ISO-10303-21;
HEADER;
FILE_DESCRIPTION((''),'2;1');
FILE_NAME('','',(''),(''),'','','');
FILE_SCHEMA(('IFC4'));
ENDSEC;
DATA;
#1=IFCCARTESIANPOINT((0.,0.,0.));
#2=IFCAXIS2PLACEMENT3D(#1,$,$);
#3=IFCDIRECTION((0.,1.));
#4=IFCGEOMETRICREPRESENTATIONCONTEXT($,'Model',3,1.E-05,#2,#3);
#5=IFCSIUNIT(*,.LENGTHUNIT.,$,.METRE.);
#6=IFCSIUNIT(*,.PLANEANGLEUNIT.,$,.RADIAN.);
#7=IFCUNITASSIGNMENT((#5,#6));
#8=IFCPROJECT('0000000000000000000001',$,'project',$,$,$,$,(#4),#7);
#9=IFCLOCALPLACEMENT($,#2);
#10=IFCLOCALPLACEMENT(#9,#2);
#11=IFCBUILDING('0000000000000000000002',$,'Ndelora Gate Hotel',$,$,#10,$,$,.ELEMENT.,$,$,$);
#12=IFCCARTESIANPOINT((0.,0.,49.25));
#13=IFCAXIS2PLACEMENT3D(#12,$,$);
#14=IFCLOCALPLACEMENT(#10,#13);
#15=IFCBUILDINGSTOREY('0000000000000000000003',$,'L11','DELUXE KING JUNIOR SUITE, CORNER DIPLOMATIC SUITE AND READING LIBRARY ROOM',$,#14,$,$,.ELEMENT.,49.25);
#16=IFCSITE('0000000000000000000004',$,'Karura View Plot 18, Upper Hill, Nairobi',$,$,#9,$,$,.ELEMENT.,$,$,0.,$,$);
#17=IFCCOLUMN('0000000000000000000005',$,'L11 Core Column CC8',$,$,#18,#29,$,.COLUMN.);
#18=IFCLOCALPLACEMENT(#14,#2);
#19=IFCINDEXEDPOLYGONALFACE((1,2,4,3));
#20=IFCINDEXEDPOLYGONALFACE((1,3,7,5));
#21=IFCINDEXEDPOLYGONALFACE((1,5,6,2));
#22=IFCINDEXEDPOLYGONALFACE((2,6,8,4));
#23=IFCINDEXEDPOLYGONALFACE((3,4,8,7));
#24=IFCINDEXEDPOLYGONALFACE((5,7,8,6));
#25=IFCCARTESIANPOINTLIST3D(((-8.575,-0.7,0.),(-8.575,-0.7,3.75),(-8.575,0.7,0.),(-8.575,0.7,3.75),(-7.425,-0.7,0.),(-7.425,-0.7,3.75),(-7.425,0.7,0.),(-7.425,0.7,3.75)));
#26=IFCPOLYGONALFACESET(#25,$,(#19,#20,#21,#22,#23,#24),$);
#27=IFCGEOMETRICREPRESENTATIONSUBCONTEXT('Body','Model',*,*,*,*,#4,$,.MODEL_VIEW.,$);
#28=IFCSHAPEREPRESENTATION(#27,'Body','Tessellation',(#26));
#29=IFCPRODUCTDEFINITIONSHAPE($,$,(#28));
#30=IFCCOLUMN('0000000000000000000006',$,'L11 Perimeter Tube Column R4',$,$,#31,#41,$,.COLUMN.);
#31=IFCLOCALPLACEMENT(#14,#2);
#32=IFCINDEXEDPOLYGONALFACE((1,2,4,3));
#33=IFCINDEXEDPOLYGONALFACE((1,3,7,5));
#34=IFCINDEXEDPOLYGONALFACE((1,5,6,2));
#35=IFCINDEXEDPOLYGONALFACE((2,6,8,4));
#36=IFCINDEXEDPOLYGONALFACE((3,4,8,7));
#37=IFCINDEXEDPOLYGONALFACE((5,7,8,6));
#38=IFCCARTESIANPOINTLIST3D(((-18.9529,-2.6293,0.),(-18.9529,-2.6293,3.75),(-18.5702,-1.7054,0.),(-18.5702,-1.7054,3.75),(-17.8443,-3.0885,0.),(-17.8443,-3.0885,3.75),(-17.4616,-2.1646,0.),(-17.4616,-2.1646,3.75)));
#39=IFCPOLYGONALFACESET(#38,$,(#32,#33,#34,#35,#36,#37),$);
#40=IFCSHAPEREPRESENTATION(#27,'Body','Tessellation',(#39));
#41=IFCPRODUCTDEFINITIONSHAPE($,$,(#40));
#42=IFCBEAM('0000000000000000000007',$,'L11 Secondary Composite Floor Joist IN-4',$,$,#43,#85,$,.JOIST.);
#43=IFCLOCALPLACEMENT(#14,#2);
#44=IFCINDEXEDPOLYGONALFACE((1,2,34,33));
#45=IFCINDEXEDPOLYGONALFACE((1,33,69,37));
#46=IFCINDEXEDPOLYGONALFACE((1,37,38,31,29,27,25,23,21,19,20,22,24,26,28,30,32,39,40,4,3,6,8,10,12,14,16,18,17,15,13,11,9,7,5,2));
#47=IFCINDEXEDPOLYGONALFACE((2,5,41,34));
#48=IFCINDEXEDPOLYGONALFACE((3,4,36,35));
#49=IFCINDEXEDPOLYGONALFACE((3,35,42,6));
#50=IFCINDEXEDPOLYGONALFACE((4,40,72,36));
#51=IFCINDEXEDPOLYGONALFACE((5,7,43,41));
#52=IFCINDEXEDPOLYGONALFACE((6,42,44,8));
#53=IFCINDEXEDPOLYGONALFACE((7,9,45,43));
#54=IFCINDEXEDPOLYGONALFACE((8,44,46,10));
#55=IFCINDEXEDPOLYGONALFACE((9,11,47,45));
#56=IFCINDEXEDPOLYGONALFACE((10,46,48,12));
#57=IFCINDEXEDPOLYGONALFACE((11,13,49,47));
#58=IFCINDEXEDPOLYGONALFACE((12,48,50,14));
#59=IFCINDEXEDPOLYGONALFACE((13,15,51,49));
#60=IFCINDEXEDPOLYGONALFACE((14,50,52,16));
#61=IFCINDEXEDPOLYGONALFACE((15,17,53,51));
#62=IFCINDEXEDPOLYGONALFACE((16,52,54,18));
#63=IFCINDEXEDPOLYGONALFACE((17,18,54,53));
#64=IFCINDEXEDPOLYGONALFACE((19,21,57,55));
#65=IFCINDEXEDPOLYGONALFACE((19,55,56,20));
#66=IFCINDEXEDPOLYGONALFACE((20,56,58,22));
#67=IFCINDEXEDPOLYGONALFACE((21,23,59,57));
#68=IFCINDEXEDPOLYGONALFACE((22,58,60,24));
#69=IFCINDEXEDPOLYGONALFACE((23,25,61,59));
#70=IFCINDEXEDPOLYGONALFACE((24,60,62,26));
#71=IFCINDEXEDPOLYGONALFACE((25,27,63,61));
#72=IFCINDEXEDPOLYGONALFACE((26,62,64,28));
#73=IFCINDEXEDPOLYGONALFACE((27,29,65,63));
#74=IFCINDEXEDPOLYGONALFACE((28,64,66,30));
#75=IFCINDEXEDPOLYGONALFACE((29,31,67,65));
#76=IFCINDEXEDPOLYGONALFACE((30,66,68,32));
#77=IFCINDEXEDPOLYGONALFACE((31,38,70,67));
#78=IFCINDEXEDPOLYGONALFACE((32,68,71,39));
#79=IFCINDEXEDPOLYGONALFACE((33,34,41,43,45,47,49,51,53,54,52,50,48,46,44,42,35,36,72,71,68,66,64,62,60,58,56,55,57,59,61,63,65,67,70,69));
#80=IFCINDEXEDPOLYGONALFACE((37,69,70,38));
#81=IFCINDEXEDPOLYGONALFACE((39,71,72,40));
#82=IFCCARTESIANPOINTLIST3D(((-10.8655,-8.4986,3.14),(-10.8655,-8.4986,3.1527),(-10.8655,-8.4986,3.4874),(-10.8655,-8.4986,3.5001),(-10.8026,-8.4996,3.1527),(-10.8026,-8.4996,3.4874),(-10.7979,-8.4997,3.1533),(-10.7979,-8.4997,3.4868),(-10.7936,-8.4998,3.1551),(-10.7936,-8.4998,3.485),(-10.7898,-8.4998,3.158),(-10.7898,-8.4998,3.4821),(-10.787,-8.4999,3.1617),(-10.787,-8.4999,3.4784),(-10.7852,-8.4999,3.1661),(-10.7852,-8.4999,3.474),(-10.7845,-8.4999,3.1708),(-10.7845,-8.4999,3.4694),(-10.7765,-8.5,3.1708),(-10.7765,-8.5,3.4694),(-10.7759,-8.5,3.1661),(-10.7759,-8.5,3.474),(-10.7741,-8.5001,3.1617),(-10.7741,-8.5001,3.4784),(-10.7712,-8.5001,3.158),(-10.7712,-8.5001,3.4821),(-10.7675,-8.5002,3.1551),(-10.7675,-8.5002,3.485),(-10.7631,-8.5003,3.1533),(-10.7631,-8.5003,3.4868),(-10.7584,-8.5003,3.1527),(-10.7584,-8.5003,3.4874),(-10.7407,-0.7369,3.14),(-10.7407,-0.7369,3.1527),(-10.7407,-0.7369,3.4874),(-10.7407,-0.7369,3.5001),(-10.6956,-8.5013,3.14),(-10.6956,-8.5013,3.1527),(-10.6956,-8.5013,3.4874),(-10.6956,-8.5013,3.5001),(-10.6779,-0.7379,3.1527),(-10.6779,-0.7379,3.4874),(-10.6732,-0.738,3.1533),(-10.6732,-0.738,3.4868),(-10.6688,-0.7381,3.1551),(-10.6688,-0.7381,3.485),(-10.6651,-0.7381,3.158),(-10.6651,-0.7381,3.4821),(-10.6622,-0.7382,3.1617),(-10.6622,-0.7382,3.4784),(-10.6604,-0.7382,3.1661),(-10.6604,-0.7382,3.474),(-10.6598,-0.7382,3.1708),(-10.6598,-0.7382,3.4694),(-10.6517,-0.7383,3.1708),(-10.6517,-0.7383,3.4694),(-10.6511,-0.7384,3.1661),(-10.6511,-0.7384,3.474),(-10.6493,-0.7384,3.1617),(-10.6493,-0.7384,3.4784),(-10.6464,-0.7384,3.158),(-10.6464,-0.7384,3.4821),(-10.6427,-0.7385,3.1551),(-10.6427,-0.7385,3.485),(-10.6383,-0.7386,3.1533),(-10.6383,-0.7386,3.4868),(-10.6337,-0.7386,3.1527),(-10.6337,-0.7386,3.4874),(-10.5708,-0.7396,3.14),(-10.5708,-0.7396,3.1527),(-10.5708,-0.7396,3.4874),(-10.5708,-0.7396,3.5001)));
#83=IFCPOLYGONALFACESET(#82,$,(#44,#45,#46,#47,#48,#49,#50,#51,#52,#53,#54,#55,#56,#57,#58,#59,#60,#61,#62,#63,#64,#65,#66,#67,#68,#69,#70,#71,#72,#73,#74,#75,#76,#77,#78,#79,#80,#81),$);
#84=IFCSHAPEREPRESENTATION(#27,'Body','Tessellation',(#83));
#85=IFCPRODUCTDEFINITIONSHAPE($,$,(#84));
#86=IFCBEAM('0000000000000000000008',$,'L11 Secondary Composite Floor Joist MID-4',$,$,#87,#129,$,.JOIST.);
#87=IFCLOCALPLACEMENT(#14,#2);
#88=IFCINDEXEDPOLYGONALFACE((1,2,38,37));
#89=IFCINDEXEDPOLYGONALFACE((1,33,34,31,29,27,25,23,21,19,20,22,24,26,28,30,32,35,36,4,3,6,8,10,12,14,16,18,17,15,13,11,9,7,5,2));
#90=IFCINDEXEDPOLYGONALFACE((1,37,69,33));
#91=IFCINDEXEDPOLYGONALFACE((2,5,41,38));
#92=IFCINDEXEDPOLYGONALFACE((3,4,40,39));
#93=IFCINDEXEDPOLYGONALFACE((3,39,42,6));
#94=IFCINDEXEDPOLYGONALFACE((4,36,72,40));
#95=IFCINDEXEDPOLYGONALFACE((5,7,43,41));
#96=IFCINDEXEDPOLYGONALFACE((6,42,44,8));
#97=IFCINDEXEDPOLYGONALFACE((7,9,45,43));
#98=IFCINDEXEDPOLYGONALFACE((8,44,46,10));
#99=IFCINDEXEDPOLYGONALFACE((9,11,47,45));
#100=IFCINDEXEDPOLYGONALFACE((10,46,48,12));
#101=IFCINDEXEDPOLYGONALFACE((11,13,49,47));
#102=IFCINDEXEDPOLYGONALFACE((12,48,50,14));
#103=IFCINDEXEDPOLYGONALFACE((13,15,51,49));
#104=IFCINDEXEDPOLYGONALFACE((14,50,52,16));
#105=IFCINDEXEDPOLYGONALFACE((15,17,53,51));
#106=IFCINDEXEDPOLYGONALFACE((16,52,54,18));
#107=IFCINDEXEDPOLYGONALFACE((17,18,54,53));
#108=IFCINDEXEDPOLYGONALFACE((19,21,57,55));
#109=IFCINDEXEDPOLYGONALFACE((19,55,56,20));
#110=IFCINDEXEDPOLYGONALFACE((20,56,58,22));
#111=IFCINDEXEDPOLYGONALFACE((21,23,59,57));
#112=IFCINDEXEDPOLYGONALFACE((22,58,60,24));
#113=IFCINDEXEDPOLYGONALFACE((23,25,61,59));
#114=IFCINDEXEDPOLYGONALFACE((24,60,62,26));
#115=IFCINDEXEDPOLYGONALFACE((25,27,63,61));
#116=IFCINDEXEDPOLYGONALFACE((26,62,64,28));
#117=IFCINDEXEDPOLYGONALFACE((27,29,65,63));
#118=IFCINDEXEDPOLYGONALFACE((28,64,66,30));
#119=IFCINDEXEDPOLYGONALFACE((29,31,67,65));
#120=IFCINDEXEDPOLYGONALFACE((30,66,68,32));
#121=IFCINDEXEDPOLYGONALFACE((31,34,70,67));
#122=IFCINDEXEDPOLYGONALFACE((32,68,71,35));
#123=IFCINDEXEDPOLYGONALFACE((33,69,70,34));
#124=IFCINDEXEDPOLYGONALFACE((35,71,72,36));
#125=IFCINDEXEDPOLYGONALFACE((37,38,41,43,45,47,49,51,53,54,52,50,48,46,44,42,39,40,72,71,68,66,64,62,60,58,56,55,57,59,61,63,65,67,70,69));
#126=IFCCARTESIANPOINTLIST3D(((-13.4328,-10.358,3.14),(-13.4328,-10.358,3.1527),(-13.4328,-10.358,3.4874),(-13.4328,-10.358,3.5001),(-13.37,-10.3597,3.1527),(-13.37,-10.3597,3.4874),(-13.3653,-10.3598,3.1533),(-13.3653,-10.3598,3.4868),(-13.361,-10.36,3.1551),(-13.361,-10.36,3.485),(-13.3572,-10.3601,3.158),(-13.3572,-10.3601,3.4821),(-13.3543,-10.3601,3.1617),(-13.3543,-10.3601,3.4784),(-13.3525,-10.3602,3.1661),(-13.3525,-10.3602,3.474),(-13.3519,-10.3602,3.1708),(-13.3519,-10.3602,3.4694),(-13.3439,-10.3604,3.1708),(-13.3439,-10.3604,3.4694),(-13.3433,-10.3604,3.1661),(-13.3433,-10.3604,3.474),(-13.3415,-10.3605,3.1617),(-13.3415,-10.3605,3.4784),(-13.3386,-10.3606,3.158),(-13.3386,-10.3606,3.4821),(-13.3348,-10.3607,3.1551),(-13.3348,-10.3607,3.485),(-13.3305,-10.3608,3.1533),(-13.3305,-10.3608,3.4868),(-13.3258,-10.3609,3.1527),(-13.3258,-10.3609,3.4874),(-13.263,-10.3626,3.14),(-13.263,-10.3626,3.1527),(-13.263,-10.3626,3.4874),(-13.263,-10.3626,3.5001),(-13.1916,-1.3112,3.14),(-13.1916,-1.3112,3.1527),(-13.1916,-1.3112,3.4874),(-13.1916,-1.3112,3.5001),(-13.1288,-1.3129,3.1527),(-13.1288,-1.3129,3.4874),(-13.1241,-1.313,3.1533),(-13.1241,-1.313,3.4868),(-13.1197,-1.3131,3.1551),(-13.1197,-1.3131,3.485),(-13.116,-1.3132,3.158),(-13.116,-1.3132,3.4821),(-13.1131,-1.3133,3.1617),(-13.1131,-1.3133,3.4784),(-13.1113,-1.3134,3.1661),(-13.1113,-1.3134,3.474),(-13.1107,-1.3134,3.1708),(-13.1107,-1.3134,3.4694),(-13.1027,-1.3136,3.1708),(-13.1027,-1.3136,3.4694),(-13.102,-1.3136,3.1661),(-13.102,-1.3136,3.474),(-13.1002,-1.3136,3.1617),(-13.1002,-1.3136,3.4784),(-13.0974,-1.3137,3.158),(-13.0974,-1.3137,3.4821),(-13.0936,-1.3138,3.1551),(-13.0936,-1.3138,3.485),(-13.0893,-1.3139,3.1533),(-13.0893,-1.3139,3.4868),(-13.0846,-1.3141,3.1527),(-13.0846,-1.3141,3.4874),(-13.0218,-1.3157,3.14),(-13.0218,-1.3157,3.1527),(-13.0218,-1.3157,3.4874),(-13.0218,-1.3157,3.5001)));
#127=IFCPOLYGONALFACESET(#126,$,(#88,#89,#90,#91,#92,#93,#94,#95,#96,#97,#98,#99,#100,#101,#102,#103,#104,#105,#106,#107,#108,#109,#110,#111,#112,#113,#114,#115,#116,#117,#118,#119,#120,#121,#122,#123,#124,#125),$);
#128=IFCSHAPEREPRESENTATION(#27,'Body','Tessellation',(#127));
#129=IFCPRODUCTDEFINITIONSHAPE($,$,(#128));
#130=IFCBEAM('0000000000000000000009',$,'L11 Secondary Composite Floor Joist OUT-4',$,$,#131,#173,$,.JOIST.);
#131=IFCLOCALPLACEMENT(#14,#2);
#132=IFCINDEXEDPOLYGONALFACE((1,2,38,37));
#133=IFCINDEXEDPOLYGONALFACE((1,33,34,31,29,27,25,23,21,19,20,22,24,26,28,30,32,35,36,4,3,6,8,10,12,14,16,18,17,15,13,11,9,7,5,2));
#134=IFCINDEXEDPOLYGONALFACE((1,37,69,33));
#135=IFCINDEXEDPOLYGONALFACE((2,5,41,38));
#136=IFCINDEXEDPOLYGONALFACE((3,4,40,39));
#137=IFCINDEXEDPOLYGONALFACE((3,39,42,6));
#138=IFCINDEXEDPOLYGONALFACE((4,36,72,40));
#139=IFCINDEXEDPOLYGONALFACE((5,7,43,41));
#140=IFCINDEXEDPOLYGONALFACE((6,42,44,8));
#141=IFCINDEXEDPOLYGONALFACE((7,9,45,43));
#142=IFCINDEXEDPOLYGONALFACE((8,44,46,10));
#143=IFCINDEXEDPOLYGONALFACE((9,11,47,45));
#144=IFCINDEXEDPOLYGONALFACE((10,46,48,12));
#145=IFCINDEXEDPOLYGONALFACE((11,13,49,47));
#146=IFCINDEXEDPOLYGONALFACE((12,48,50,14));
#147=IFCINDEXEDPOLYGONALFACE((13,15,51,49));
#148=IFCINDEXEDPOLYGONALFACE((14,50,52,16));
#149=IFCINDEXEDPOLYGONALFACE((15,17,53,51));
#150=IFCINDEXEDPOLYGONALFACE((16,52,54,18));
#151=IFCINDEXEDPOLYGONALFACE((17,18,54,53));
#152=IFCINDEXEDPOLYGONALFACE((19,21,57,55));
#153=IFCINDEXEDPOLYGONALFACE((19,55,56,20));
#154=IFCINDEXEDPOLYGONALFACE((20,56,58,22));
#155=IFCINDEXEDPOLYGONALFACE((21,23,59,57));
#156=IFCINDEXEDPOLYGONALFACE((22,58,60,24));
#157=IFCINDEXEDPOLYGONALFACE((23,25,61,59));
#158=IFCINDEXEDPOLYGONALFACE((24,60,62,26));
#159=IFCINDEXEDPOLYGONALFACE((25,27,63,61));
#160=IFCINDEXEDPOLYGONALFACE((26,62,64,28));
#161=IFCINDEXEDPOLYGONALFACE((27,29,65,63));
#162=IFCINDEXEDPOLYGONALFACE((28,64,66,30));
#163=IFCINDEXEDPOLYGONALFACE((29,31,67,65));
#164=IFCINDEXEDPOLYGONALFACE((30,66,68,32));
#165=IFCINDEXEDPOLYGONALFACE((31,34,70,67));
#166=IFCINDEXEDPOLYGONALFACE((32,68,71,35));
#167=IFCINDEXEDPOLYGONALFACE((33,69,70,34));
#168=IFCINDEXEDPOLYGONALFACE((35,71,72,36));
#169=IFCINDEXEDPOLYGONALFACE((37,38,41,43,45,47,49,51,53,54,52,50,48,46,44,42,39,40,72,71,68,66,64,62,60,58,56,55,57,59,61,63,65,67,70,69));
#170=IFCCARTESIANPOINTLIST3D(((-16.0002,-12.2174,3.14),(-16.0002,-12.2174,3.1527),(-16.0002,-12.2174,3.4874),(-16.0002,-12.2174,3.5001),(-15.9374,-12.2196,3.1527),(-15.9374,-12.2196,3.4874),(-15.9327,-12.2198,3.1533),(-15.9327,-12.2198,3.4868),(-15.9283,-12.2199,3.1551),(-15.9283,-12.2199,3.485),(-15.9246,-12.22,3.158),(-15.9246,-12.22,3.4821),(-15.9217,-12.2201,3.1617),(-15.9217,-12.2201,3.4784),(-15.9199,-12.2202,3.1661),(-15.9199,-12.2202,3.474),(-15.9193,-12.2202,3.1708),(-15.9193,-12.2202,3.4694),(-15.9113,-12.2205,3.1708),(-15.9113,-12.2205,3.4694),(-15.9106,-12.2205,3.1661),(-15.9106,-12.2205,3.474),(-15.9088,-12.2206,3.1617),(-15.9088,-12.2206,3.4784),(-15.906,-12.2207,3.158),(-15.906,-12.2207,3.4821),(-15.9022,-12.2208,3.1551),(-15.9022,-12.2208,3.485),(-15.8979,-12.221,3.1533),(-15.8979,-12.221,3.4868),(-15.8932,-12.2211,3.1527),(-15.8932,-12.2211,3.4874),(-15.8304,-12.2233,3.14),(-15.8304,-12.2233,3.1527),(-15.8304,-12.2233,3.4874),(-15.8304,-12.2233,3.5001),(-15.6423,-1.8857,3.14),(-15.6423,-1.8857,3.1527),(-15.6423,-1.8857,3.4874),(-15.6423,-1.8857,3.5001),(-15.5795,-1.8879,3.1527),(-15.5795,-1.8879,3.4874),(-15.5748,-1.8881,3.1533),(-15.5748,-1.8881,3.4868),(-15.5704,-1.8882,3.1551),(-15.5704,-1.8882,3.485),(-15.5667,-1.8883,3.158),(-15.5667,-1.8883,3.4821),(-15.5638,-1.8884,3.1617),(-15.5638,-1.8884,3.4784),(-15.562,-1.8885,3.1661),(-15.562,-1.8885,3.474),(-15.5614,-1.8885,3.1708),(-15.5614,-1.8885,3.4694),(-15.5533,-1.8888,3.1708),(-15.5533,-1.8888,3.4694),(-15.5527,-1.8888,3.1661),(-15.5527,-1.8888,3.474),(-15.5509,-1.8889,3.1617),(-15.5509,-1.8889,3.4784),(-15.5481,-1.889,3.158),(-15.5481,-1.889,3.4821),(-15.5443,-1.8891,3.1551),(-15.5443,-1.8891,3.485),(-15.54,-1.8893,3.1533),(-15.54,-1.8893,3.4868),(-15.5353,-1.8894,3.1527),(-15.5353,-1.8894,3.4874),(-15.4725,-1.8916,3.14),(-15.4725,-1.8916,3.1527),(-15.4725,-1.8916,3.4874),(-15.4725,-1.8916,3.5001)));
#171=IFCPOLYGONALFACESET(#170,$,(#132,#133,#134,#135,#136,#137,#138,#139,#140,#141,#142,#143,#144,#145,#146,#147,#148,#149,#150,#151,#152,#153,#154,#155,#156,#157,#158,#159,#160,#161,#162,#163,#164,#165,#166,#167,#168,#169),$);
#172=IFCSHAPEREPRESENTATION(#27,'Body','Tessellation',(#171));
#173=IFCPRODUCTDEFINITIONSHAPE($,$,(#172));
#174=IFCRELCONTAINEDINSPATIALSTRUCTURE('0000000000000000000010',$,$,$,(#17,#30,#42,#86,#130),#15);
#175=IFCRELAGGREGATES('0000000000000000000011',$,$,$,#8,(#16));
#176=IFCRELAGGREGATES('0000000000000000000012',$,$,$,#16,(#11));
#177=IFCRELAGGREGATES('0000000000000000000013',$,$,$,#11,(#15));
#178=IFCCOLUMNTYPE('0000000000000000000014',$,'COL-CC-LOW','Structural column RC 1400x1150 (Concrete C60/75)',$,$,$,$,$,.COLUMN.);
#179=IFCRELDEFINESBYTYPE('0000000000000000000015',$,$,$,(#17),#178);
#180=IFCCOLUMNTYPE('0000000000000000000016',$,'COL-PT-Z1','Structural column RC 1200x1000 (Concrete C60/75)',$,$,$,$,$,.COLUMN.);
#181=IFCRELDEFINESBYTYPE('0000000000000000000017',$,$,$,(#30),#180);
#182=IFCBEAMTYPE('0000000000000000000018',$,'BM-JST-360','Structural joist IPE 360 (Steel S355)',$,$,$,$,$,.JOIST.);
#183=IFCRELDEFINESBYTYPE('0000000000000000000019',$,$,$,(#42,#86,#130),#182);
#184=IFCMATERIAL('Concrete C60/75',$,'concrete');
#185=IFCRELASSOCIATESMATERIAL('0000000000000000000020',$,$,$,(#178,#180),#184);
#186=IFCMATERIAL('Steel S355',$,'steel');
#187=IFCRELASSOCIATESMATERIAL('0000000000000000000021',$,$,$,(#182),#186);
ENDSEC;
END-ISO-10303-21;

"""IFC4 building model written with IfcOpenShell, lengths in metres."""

from ifc_helpers import new_model, si_unit, direction, frame, origin, origin_2d, place, context, subcontext, project, spatial, rectangle, i_section, extrude, material, material_profile, profile_set, type_object, element, save


model = new_model("IFC4")

# Units and contexts
model_context = context("Model", 3, precision=1e-05, world=origin(), true_north=direction((0.0, 1.0)))
body_context = subcontext(model_context, "Body", "Model", "MODEL_VIEW")
ifc_project = project(units=[si_unit("LENGTHUNIT", "METRE"), si_unit("PLANEANGLEUNIT", "RADIAN")], contexts=[model_context])

# Site, building, storey
site_placement = place(None, origin())
site = spatial("IfcSite", under=ifc_project, at=site_placement, Name="Karura View Plot 18, Upper Hill, Nairobi", CompositionType="ELEMENT", RefElevation=0.0)
building_placement = place(site_placement, origin())
building = spatial("IfcBuilding", under=site, at=building_placement, Name="Ndelora Gate Hotel", CompositionType="ELEMENT")
storey_placement = place(building_placement, frame((0.0, 0.0, 49.25)))
storey = spatial("IfcBuildingStorey", under=building, at=storey_placement, Name="L11", Description="DELUXE KING JUNIOR SUITE, CORNER DIPLOMATIC SUITE AND READING LIBRARY ROOM", CompositionType="ELEMENT", Elevation=49.25)

# Columns
ifc_material_1 = material(Name="Concrete C60/75", Category="concrete")
ifc_material_profile_1 = material_profile(ifc_material_1, rectangle(XDim=1.1499, YDim=1.3999, at=origin_2d()), Name="RC 1400x1150")
ifc_profile_set_1 = profile_set([ifc_material_profile_1], Name="Concrete C60/75")
column_type_1 = type_object("IfcColumnType", Name="COL-CC-LOW", Description="Structural column RC 1400x1150 (Concrete C60/75)", PredefinedType="COLUMN", material=ifc_profile_set_1)
column_1_placement = place(storey_placement, frame((-8.0, 0.0, 0.0), z_axis=(0.0, 0.0, 1.0), x_axis=(1.0, 0.0, 0.0)))
element("IfcColumn", 1, at=column_1_placement, inside=storey, type_object=column_type_1, Name="L11 Core Column CC8", PredefinedType="COLUMN", context=body_context, shape_type="SweptSolid", body=[
    extrude(rectangle(XDim=1.1499, YDim=1.3999, at=origin_2d()), origin(), (0.0, 0.0, 1.0), 3.75),
])
ifc_material_profile_2 = material_profile(ifc_material_1, rectangle(XDim=1.0, YDim=1.2, at=origin_2d()), Name="RC 1200x1000")
ifc_profile_set_2 = profile_set([ifc_material_profile_2], Name="Concrete C60/75")
column_type_2 = type_object("IfcColumnType", Name="COL-PT-Z1", Description="Structural column RC 1200x1000 (Concrete C60/75)", PredefinedType="COLUMN", material=ifc_profile_set_2)
column_2_placement = place(storey_placement, frame((-18.2073, -2.397, 0.0), z_axis=(0.0, 0.0, 1.0), x_axis=(0.382683, 0.92388, 0.0)))
element("IfcColumn", 2, at=column_2_placement, inside=storey, type_object=column_type_2, Name="L11 Perimeter Tube Column R4", PredefinedType="COLUMN", context=body_context, shape_type="SweptSolid", body=[
    extrude(rectangle(XDim=1.0, YDim=1.2, at=origin_2d()), origin(), (0.0, 0.0, 1.0), 3.75),
])

# Beams
ifc_material_2 = material(Name="Steel S355", Category="steel")
ifc_material_profile_3 = material_profile(ifc_material_2, i_section(OverallWidth=0.1699, OverallDepth=0.3601, WebThickness=0.0081, FlangeThickness=0.0127, FilletRadius=0.0181, at=origin_2d()), Name="IPE 360")
ifc_profile_set_3 = profile_set([ifc_material_profile_3], Name="Steel S355")
beam_type_1 = type_object("IfcBeamType", Name="BM-JST-360", Description="Structural joist IPE 360 (Steel S355)", PredefinedType="JOIST", material=ifc_profile_set_3)
beam_1_placement = place(storey_placement, frame((-10.6558, -0.7383, 3.3201), z_axis=(-0.016071, -0.999871, 0.0), x_axis=(0.999871, -0.016071, 0.0)))
element("IfcBeam", 3, at=beam_1_placement, inside=storey, type_object=beam_type_1, Name="L11 Secondary Composite Floor Joist IN-4", PredefinedType="JOIST", context=body_context, shape_type="SweptSolid", body=[
    extrude(i_section(OverallWidth=0.1699, OverallDepth=0.3601, WebThickness=0.0081, FlangeThickness=0.0127, FilletRadius=0.0181, at=origin_2d()), origin(), (0.0, 0.0, 1.0), 7.7627),
])
beam_2_placement = place(storey_placement, frame((-13.1067, -1.3135, 3.3201), z_axis=(-0.026653, -0.999645, 0.0), x_axis=(0.999645, -0.026653, 0.0)))
element("IfcBeam", 4, at=beam_2_placement, inside=storey, type_object=beam_type_1, Name="L11 Secondary Composite Floor Joist MID-4", PredefinedType="JOIST", context=body_context, shape_type="SweptSolid", body=[
    extrude(i_section(OverallWidth=0.1699, OverallDepth=0.3601, WebThickness=0.0081, FlangeThickness=0.0127, FilletRadius=0.0181, at=origin_2d()), origin(), (0.0, 0.0, 1.0), 9.05),
])
beam_3_placement = place(storey_placement, frame((-15.5574, -1.8887, 3.3201), z_axis=(-0.034621, -0.999401, 0.0), x_axis=(0.999401, -0.034621, 0.0)))
element("IfcBeam", 5, at=beam_3_placement, inside=storey, type_object=beam_type_1, Name="L11 Secondary Composite Floor Joist OUT-4", PredefinedType="JOIST", context=body_context, shape_type="SweptSolid", body=[
    extrude(i_section(OverallWidth=0.1699, OverallDepth=0.3601, WebThickness=0.0081, FlangeThickness=0.0127, FilletRadius=0.0181, at=origin_2d()), origin(), (0.0, 0.0, 1.0), 10.3379),
])

save(model, "model.ifc")
